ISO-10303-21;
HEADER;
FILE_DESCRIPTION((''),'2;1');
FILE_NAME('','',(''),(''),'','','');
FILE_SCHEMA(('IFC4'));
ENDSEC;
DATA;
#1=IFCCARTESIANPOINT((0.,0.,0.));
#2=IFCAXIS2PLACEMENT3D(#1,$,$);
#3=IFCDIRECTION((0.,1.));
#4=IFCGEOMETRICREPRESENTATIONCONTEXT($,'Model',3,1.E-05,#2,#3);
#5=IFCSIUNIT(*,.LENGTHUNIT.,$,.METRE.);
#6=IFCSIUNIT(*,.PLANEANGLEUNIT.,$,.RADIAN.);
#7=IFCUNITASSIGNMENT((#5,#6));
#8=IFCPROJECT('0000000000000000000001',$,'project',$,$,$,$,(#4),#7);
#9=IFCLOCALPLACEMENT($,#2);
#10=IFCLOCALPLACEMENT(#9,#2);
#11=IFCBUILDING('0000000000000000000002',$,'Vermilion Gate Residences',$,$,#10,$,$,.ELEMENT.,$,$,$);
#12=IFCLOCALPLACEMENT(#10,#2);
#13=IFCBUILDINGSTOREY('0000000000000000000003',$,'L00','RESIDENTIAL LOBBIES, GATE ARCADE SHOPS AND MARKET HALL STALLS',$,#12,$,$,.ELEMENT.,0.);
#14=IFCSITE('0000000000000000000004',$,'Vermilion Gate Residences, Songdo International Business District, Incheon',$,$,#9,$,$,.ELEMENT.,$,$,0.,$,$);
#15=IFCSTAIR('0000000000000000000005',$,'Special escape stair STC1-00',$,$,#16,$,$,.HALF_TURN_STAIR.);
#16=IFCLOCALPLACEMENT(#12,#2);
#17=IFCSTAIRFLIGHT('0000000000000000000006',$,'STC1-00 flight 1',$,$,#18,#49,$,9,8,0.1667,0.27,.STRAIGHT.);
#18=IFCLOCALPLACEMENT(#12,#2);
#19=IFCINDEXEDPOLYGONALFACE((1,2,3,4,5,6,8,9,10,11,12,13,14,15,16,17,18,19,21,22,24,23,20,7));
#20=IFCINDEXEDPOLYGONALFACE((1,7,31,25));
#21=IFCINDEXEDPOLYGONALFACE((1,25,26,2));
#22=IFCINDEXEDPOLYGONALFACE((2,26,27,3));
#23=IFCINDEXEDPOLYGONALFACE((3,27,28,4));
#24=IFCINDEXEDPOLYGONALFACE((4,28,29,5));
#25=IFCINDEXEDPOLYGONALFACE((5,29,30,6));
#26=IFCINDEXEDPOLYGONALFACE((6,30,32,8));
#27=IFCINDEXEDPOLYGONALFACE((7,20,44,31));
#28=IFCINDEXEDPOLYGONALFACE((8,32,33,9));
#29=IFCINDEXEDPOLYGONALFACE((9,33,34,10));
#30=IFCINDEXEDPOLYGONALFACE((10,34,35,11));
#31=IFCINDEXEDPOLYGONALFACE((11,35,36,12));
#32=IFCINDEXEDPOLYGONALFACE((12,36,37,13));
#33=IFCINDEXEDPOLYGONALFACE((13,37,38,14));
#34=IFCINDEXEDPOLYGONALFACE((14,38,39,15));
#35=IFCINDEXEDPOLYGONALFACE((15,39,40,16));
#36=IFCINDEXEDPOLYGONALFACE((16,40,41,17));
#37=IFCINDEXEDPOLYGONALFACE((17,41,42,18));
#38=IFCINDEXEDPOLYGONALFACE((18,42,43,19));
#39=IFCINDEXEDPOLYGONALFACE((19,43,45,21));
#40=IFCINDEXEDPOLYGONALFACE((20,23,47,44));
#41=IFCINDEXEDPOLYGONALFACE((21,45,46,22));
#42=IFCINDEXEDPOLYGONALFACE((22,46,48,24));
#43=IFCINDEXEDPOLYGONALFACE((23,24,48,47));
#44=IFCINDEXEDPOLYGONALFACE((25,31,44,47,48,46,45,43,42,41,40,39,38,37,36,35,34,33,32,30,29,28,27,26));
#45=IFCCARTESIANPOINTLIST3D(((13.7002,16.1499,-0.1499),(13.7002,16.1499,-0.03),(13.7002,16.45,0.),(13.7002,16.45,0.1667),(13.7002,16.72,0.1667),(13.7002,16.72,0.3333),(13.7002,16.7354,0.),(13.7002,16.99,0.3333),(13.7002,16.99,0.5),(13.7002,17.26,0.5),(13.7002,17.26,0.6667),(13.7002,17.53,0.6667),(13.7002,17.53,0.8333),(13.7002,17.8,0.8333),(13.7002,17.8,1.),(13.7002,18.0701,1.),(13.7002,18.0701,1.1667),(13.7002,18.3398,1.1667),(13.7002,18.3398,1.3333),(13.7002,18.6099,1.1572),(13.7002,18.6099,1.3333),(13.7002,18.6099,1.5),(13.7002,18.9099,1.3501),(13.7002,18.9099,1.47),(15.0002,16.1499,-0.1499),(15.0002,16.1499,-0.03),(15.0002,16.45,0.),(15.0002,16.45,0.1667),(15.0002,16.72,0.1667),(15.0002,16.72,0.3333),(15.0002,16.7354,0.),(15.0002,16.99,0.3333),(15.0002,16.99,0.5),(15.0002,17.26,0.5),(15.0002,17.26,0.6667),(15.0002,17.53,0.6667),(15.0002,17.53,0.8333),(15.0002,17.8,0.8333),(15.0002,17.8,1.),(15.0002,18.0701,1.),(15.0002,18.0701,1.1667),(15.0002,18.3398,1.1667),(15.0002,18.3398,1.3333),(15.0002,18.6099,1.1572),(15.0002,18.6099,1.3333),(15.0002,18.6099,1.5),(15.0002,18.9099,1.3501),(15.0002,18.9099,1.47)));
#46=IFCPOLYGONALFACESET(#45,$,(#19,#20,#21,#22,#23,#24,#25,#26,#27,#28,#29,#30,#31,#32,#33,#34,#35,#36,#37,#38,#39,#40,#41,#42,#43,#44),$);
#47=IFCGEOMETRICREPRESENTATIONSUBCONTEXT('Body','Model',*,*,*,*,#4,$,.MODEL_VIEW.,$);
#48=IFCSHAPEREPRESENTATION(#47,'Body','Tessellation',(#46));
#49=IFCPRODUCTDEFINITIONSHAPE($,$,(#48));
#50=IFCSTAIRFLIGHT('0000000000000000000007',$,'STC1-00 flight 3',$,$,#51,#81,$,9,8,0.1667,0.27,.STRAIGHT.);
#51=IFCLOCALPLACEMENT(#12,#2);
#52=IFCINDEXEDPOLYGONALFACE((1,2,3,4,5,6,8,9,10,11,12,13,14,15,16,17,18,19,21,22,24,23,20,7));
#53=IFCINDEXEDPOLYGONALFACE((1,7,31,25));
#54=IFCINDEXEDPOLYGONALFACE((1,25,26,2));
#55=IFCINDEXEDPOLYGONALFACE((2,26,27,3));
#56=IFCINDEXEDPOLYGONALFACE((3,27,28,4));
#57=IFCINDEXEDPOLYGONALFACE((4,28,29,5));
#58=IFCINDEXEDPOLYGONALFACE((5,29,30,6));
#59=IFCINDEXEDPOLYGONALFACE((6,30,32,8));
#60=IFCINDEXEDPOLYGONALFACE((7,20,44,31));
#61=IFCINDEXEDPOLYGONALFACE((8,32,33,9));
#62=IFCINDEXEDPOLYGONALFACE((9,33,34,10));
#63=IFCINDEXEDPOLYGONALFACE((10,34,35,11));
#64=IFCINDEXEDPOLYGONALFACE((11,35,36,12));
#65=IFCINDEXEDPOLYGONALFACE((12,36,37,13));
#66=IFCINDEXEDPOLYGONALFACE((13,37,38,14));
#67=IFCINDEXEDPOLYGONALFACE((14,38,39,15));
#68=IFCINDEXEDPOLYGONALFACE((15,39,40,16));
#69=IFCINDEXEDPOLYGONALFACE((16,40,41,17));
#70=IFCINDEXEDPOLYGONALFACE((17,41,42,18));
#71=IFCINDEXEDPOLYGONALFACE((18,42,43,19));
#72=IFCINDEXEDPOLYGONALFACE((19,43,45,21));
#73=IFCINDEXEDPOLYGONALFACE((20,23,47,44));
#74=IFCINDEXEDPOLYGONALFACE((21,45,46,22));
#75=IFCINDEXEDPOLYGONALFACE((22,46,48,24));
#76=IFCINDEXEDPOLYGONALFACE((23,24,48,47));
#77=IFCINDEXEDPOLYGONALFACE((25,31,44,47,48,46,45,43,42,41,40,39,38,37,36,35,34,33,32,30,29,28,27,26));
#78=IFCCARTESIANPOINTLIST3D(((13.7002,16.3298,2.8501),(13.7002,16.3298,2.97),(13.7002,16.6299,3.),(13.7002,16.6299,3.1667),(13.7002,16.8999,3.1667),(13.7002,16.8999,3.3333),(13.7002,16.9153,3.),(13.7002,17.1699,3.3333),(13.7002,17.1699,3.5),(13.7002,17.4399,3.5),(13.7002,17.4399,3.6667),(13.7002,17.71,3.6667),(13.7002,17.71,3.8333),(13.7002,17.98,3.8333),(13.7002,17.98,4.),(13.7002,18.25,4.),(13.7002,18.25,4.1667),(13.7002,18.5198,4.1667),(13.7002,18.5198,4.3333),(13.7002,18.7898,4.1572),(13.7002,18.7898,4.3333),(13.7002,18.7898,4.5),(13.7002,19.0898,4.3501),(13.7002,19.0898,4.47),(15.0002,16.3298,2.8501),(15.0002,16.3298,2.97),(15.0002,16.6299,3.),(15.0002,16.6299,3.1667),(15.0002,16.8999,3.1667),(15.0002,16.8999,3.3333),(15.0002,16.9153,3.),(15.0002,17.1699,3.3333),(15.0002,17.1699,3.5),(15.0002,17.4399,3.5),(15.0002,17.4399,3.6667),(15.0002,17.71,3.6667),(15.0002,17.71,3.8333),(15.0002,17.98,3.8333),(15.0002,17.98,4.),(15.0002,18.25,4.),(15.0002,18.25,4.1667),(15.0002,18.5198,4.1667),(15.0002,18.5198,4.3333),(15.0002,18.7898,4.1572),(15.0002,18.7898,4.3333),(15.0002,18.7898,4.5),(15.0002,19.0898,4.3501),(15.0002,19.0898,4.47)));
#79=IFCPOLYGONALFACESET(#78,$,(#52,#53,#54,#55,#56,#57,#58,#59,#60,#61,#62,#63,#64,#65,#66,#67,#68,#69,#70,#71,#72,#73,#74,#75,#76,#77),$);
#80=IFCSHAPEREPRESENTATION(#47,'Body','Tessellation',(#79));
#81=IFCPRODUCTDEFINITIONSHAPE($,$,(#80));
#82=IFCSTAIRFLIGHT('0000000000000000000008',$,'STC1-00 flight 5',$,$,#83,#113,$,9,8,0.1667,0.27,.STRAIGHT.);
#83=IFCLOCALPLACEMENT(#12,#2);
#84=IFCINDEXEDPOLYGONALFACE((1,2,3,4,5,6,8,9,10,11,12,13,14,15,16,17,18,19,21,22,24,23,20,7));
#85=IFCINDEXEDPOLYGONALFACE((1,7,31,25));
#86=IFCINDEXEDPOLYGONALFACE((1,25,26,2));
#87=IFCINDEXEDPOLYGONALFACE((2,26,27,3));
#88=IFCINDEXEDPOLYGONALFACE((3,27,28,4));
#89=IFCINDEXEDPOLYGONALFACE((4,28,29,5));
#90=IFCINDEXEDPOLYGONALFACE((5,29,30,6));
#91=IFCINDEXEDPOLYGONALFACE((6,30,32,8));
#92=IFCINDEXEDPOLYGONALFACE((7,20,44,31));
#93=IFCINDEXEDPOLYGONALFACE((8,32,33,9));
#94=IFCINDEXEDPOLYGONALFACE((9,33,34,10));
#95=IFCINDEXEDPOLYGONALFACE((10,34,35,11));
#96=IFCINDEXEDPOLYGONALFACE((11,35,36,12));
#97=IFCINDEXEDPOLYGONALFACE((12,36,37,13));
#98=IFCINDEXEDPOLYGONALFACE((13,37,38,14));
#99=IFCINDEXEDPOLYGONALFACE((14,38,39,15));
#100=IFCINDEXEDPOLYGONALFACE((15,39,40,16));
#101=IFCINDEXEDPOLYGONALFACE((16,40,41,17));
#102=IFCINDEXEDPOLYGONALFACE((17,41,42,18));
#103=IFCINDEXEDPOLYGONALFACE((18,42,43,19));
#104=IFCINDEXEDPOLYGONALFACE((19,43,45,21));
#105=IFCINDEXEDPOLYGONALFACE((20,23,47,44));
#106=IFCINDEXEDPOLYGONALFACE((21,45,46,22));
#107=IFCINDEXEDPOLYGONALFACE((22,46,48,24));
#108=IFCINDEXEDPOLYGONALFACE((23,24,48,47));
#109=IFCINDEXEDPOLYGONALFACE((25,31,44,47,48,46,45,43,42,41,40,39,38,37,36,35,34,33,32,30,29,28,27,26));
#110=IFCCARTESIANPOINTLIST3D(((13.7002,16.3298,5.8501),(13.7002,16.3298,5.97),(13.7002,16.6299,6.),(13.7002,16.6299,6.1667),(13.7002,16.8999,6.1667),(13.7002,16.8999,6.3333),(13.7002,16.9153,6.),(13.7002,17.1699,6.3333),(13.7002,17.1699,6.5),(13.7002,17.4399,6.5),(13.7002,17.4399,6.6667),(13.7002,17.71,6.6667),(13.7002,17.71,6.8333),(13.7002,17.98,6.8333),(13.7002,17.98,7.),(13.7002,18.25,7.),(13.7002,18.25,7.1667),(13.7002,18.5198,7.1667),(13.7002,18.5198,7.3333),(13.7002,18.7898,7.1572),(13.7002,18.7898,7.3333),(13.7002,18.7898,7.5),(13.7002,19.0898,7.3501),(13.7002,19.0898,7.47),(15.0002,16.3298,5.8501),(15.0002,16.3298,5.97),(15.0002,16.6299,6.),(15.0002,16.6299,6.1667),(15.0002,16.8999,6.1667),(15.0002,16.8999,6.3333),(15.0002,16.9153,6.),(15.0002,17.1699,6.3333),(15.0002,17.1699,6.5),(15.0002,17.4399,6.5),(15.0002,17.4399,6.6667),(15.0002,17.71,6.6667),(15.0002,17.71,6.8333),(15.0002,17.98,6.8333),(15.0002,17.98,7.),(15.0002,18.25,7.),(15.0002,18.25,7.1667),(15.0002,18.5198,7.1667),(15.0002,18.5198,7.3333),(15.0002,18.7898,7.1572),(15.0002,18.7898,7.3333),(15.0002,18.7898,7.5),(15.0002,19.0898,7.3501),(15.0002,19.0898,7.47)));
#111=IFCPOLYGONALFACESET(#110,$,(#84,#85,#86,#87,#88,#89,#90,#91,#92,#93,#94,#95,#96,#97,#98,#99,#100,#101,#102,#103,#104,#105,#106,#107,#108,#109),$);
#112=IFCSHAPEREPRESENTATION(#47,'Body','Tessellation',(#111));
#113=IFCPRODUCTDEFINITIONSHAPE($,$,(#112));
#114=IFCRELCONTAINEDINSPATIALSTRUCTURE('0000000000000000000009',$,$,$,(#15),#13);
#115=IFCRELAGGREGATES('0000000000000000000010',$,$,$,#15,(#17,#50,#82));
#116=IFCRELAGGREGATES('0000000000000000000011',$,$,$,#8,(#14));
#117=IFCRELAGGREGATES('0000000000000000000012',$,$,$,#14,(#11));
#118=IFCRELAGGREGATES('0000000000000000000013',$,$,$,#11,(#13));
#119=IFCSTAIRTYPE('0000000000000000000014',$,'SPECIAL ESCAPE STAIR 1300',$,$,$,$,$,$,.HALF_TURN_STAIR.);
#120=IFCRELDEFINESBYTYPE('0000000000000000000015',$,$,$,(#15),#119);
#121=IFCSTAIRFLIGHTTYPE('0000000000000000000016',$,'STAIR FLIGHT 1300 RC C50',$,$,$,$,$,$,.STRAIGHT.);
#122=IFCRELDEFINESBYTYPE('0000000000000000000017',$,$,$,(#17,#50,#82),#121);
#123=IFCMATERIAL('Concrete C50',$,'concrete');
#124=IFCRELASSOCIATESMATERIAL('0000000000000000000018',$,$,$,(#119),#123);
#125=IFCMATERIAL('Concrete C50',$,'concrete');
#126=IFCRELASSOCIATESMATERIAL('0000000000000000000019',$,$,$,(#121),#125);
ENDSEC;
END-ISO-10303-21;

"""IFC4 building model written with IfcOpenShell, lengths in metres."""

from ifc_helpers import new_model, si_unit, direction, frame, origin, place, context, subcontext, project, spatial, polyline, outline, extrude, material, type_object, element, aggregate, save


model = new_model("IFC4")

# Units and contexts
model_context = context("Model", 3, precision=1e-05, world=origin(), true_north=direction((0.0, 1.0)))
body_context = subcontext(model_context, "Body", "Model", "MODEL_VIEW")
ifc_project = project(units=[si_unit("LENGTHUNIT", "METRE"), si_unit("PLANEANGLEUNIT", "RADIAN")], contexts=[model_context])

# Site, building, storey
site_placement = place(None, origin())
site = spatial("IfcSite", under=ifc_project, at=site_placement, Name="Vermilion Gate Residences, Songdo International Business District, Incheon", CompositionType="ELEMENT", RefElevation=0.0)
building_placement = place(site_placement, origin())
building = spatial("IfcBuilding", under=site, at=building_placement, Name="Vermilion Gate Residences", CompositionType="ELEMENT")
storey_placement = place(building_placement, origin())
storey = spatial("IfcBuildingStorey", under=building, at=storey_placement, Name="L00", Description="RESIDENTIAL LOBBIES, GATE ARCADE SHOPS AND MARKET HALL STALLS", CompositionType="ELEMENT", Elevation=0.0)

# Stair, stair flights
ifc_material_1 = material(Name="Concrete C50", Category="concrete")
stair_type = type_object("IfcStairType", Name="SPECIAL ESCAPE STAIR 1300", PredefinedType="HALF_TURN_STAIR", material=ifc_material_1)
stair_placement = place(storey_placement, origin())
stair = element("IfcStair", 1, at=stair_placement, inside=storey, type_object=stair_type, Name="Special escape stair STC1-00", PredefinedType="HALF_TURN_STAIR")
ifc_material_2 = material(Name="Concrete C50", Category="concrete")
stair_flight_type = type_object("IfcStairFlightType", Name="STAIR FLIGHT 1300 RC C50", PredefinedType="STRAIGHT", material=ifc_material_2)
stair_flight_1_placement = place(storey_placement, frame((14.3501, 16.45, 0.0), z_axis=(0.0, 0.0, 1.0), x_axis=(0.0, 1.0, 0.0)))
stair_flight_1 = element("IfcStairFlight", 2, at=stair_flight_1_placement, type_object=stair_flight_type, Name="STC1-00 flight 1", NumberOfRisers=9, NumberOfTreads=8, PredefinedType="STRAIGHT", RiserHeight=0.1667, TreadLength=0.27, context=body_context, shape_type="SweptSolid", body=[
    extrude(outline(polyline([(-0.3, -0.1499), (-0.3, -0.03), (0.0, 0.0), (0.0, 0.1667), (0.27, 0.1667), (0.27, 0.3333), (0.54, 0.3333), (0.54, 0.5), (0.8101, 0.5), (0.8101, 0.6667), (1.0801, 0.6667), (1.0801, 0.8333), (1.3501, 0.8333), (1.3501, 1.0), (1.6201, 1.0), (1.6201, 1.1667), (1.8899, 1.1667), (1.8899, 1.3333), (2.1599, 1.3333), (2.1599, 1.5), (2.46, 1.47), (2.46, 1.3501), (2.1599, 1.1572), (0.2854, 0.0), (-0.3, -0.1499)])), frame((0.0, 0.6499, 0.0), z_axis=(0.0, -1.0, 0.0), x_axis=(1.0, 0.0, 0.0)), (0.0, 0.0, 1.0), 1.3),
])
stair_flight_2_placement = place(storey_placement, frame((14.3501, 16.6299, 3.0), z_axis=(0.0, 0.0, 1.0), x_axis=(0.0, 1.0, 0.0)))
stair_flight_2 = element("IfcStairFlight", 3, at=stair_flight_2_placement, type_object=stair_flight_type, Name="STC1-00 flight 3", NumberOfRisers=9, NumberOfTreads=8, PredefinedType="STRAIGHT", RiserHeight=0.1667, TreadLength=0.27, context=body_context, shape_type="SweptSolid", body=[
    extrude(outline(polyline([(-0.3, -0.1499), (-0.3, -0.03), (0.0, 0.0), (0.0, 0.1667), (0.27, 0.1667), (0.27, 0.3333), (0.54, 0.3333), (0.54, 0.5), (0.8101, 0.5), (0.8101, 0.6667), (1.0801, 0.6667), (1.0801, 0.8333), (1.3501, 0.8333), (1.3501, 1.0), (1.6201, 1.0), (1.6201, 1.1667), (1.8899, 1.1667), (1.8899, 1.3333), (2.1599, 1.3333), (2.1599, 1.5), (2.46, 1.47), (2.46, 1.3501), (2.1599, 1.1572), (0.2854, 0.0), (-0.3, -0.1499)])), frame((0.0, 0.6499, 0.0), z_axis=(0.0, -1.0, 0.0), x_axis=(1.0, 0.0, 0.0)), (0.0, 0.0, 1.0), 1.3),
])
stair_flight_3_placement = place(storey_placement, frame((14.3501, 16.6299, 6.0), z_axis=(0.0, 0.0, 1.0), x_axis=(0.0, 1.0, 0.0)))
stair_flight_3 = element("IfcStairFlight", 4, at=stair_flight_3_placement, type_object=stair_flight_type, Name="STC1-00 flight 5", NumberOfRisers=9, NumberOfTreads=8, PredefinedType="STRAIGHT", RiserHeight=0.1667, TreadLength=0.27, context=body_context, shape_type="SweptSolid", body=[
    extrude(outline(polyline([(-0.3, -0.1499), (-0.3, -0.03), (0.0, 0.0), (0.0, 0.1667), (0.27, 0.1667), (0.27, 0.3333), (0.54, 0.3333), (0.54, 0.5), (0.8101, 0.5), (0.8101, 0.6667), (1.0801, 0.6667), (1.0801, 0.8333), (1.3501, 0.8333), (1.3501, 1.0), (1.6201, 1.0), (1.6201, 1.1667), (1.8899, 1.1667), (1.8899, 1.3333), (2.1599, 1.3333), (2.1599, 1.5), (2.46, 1.47), (2.46, 1.3501), (2.1599, 1.1572), (0.2854, 0.0), (-0.3, -0.1499)])), frame((0.0, 0.6499, 0.0), z_axis=(0.0, -1.0, 0.0), x_axis=(1.0, 0.0, 0.0)), (0.0, 0.0, 1.0), 1.3),
])
aggregate(stair, [stair_flight_1, stair_flight_2, stair_flight_3])

save(model, "model.ifc")
